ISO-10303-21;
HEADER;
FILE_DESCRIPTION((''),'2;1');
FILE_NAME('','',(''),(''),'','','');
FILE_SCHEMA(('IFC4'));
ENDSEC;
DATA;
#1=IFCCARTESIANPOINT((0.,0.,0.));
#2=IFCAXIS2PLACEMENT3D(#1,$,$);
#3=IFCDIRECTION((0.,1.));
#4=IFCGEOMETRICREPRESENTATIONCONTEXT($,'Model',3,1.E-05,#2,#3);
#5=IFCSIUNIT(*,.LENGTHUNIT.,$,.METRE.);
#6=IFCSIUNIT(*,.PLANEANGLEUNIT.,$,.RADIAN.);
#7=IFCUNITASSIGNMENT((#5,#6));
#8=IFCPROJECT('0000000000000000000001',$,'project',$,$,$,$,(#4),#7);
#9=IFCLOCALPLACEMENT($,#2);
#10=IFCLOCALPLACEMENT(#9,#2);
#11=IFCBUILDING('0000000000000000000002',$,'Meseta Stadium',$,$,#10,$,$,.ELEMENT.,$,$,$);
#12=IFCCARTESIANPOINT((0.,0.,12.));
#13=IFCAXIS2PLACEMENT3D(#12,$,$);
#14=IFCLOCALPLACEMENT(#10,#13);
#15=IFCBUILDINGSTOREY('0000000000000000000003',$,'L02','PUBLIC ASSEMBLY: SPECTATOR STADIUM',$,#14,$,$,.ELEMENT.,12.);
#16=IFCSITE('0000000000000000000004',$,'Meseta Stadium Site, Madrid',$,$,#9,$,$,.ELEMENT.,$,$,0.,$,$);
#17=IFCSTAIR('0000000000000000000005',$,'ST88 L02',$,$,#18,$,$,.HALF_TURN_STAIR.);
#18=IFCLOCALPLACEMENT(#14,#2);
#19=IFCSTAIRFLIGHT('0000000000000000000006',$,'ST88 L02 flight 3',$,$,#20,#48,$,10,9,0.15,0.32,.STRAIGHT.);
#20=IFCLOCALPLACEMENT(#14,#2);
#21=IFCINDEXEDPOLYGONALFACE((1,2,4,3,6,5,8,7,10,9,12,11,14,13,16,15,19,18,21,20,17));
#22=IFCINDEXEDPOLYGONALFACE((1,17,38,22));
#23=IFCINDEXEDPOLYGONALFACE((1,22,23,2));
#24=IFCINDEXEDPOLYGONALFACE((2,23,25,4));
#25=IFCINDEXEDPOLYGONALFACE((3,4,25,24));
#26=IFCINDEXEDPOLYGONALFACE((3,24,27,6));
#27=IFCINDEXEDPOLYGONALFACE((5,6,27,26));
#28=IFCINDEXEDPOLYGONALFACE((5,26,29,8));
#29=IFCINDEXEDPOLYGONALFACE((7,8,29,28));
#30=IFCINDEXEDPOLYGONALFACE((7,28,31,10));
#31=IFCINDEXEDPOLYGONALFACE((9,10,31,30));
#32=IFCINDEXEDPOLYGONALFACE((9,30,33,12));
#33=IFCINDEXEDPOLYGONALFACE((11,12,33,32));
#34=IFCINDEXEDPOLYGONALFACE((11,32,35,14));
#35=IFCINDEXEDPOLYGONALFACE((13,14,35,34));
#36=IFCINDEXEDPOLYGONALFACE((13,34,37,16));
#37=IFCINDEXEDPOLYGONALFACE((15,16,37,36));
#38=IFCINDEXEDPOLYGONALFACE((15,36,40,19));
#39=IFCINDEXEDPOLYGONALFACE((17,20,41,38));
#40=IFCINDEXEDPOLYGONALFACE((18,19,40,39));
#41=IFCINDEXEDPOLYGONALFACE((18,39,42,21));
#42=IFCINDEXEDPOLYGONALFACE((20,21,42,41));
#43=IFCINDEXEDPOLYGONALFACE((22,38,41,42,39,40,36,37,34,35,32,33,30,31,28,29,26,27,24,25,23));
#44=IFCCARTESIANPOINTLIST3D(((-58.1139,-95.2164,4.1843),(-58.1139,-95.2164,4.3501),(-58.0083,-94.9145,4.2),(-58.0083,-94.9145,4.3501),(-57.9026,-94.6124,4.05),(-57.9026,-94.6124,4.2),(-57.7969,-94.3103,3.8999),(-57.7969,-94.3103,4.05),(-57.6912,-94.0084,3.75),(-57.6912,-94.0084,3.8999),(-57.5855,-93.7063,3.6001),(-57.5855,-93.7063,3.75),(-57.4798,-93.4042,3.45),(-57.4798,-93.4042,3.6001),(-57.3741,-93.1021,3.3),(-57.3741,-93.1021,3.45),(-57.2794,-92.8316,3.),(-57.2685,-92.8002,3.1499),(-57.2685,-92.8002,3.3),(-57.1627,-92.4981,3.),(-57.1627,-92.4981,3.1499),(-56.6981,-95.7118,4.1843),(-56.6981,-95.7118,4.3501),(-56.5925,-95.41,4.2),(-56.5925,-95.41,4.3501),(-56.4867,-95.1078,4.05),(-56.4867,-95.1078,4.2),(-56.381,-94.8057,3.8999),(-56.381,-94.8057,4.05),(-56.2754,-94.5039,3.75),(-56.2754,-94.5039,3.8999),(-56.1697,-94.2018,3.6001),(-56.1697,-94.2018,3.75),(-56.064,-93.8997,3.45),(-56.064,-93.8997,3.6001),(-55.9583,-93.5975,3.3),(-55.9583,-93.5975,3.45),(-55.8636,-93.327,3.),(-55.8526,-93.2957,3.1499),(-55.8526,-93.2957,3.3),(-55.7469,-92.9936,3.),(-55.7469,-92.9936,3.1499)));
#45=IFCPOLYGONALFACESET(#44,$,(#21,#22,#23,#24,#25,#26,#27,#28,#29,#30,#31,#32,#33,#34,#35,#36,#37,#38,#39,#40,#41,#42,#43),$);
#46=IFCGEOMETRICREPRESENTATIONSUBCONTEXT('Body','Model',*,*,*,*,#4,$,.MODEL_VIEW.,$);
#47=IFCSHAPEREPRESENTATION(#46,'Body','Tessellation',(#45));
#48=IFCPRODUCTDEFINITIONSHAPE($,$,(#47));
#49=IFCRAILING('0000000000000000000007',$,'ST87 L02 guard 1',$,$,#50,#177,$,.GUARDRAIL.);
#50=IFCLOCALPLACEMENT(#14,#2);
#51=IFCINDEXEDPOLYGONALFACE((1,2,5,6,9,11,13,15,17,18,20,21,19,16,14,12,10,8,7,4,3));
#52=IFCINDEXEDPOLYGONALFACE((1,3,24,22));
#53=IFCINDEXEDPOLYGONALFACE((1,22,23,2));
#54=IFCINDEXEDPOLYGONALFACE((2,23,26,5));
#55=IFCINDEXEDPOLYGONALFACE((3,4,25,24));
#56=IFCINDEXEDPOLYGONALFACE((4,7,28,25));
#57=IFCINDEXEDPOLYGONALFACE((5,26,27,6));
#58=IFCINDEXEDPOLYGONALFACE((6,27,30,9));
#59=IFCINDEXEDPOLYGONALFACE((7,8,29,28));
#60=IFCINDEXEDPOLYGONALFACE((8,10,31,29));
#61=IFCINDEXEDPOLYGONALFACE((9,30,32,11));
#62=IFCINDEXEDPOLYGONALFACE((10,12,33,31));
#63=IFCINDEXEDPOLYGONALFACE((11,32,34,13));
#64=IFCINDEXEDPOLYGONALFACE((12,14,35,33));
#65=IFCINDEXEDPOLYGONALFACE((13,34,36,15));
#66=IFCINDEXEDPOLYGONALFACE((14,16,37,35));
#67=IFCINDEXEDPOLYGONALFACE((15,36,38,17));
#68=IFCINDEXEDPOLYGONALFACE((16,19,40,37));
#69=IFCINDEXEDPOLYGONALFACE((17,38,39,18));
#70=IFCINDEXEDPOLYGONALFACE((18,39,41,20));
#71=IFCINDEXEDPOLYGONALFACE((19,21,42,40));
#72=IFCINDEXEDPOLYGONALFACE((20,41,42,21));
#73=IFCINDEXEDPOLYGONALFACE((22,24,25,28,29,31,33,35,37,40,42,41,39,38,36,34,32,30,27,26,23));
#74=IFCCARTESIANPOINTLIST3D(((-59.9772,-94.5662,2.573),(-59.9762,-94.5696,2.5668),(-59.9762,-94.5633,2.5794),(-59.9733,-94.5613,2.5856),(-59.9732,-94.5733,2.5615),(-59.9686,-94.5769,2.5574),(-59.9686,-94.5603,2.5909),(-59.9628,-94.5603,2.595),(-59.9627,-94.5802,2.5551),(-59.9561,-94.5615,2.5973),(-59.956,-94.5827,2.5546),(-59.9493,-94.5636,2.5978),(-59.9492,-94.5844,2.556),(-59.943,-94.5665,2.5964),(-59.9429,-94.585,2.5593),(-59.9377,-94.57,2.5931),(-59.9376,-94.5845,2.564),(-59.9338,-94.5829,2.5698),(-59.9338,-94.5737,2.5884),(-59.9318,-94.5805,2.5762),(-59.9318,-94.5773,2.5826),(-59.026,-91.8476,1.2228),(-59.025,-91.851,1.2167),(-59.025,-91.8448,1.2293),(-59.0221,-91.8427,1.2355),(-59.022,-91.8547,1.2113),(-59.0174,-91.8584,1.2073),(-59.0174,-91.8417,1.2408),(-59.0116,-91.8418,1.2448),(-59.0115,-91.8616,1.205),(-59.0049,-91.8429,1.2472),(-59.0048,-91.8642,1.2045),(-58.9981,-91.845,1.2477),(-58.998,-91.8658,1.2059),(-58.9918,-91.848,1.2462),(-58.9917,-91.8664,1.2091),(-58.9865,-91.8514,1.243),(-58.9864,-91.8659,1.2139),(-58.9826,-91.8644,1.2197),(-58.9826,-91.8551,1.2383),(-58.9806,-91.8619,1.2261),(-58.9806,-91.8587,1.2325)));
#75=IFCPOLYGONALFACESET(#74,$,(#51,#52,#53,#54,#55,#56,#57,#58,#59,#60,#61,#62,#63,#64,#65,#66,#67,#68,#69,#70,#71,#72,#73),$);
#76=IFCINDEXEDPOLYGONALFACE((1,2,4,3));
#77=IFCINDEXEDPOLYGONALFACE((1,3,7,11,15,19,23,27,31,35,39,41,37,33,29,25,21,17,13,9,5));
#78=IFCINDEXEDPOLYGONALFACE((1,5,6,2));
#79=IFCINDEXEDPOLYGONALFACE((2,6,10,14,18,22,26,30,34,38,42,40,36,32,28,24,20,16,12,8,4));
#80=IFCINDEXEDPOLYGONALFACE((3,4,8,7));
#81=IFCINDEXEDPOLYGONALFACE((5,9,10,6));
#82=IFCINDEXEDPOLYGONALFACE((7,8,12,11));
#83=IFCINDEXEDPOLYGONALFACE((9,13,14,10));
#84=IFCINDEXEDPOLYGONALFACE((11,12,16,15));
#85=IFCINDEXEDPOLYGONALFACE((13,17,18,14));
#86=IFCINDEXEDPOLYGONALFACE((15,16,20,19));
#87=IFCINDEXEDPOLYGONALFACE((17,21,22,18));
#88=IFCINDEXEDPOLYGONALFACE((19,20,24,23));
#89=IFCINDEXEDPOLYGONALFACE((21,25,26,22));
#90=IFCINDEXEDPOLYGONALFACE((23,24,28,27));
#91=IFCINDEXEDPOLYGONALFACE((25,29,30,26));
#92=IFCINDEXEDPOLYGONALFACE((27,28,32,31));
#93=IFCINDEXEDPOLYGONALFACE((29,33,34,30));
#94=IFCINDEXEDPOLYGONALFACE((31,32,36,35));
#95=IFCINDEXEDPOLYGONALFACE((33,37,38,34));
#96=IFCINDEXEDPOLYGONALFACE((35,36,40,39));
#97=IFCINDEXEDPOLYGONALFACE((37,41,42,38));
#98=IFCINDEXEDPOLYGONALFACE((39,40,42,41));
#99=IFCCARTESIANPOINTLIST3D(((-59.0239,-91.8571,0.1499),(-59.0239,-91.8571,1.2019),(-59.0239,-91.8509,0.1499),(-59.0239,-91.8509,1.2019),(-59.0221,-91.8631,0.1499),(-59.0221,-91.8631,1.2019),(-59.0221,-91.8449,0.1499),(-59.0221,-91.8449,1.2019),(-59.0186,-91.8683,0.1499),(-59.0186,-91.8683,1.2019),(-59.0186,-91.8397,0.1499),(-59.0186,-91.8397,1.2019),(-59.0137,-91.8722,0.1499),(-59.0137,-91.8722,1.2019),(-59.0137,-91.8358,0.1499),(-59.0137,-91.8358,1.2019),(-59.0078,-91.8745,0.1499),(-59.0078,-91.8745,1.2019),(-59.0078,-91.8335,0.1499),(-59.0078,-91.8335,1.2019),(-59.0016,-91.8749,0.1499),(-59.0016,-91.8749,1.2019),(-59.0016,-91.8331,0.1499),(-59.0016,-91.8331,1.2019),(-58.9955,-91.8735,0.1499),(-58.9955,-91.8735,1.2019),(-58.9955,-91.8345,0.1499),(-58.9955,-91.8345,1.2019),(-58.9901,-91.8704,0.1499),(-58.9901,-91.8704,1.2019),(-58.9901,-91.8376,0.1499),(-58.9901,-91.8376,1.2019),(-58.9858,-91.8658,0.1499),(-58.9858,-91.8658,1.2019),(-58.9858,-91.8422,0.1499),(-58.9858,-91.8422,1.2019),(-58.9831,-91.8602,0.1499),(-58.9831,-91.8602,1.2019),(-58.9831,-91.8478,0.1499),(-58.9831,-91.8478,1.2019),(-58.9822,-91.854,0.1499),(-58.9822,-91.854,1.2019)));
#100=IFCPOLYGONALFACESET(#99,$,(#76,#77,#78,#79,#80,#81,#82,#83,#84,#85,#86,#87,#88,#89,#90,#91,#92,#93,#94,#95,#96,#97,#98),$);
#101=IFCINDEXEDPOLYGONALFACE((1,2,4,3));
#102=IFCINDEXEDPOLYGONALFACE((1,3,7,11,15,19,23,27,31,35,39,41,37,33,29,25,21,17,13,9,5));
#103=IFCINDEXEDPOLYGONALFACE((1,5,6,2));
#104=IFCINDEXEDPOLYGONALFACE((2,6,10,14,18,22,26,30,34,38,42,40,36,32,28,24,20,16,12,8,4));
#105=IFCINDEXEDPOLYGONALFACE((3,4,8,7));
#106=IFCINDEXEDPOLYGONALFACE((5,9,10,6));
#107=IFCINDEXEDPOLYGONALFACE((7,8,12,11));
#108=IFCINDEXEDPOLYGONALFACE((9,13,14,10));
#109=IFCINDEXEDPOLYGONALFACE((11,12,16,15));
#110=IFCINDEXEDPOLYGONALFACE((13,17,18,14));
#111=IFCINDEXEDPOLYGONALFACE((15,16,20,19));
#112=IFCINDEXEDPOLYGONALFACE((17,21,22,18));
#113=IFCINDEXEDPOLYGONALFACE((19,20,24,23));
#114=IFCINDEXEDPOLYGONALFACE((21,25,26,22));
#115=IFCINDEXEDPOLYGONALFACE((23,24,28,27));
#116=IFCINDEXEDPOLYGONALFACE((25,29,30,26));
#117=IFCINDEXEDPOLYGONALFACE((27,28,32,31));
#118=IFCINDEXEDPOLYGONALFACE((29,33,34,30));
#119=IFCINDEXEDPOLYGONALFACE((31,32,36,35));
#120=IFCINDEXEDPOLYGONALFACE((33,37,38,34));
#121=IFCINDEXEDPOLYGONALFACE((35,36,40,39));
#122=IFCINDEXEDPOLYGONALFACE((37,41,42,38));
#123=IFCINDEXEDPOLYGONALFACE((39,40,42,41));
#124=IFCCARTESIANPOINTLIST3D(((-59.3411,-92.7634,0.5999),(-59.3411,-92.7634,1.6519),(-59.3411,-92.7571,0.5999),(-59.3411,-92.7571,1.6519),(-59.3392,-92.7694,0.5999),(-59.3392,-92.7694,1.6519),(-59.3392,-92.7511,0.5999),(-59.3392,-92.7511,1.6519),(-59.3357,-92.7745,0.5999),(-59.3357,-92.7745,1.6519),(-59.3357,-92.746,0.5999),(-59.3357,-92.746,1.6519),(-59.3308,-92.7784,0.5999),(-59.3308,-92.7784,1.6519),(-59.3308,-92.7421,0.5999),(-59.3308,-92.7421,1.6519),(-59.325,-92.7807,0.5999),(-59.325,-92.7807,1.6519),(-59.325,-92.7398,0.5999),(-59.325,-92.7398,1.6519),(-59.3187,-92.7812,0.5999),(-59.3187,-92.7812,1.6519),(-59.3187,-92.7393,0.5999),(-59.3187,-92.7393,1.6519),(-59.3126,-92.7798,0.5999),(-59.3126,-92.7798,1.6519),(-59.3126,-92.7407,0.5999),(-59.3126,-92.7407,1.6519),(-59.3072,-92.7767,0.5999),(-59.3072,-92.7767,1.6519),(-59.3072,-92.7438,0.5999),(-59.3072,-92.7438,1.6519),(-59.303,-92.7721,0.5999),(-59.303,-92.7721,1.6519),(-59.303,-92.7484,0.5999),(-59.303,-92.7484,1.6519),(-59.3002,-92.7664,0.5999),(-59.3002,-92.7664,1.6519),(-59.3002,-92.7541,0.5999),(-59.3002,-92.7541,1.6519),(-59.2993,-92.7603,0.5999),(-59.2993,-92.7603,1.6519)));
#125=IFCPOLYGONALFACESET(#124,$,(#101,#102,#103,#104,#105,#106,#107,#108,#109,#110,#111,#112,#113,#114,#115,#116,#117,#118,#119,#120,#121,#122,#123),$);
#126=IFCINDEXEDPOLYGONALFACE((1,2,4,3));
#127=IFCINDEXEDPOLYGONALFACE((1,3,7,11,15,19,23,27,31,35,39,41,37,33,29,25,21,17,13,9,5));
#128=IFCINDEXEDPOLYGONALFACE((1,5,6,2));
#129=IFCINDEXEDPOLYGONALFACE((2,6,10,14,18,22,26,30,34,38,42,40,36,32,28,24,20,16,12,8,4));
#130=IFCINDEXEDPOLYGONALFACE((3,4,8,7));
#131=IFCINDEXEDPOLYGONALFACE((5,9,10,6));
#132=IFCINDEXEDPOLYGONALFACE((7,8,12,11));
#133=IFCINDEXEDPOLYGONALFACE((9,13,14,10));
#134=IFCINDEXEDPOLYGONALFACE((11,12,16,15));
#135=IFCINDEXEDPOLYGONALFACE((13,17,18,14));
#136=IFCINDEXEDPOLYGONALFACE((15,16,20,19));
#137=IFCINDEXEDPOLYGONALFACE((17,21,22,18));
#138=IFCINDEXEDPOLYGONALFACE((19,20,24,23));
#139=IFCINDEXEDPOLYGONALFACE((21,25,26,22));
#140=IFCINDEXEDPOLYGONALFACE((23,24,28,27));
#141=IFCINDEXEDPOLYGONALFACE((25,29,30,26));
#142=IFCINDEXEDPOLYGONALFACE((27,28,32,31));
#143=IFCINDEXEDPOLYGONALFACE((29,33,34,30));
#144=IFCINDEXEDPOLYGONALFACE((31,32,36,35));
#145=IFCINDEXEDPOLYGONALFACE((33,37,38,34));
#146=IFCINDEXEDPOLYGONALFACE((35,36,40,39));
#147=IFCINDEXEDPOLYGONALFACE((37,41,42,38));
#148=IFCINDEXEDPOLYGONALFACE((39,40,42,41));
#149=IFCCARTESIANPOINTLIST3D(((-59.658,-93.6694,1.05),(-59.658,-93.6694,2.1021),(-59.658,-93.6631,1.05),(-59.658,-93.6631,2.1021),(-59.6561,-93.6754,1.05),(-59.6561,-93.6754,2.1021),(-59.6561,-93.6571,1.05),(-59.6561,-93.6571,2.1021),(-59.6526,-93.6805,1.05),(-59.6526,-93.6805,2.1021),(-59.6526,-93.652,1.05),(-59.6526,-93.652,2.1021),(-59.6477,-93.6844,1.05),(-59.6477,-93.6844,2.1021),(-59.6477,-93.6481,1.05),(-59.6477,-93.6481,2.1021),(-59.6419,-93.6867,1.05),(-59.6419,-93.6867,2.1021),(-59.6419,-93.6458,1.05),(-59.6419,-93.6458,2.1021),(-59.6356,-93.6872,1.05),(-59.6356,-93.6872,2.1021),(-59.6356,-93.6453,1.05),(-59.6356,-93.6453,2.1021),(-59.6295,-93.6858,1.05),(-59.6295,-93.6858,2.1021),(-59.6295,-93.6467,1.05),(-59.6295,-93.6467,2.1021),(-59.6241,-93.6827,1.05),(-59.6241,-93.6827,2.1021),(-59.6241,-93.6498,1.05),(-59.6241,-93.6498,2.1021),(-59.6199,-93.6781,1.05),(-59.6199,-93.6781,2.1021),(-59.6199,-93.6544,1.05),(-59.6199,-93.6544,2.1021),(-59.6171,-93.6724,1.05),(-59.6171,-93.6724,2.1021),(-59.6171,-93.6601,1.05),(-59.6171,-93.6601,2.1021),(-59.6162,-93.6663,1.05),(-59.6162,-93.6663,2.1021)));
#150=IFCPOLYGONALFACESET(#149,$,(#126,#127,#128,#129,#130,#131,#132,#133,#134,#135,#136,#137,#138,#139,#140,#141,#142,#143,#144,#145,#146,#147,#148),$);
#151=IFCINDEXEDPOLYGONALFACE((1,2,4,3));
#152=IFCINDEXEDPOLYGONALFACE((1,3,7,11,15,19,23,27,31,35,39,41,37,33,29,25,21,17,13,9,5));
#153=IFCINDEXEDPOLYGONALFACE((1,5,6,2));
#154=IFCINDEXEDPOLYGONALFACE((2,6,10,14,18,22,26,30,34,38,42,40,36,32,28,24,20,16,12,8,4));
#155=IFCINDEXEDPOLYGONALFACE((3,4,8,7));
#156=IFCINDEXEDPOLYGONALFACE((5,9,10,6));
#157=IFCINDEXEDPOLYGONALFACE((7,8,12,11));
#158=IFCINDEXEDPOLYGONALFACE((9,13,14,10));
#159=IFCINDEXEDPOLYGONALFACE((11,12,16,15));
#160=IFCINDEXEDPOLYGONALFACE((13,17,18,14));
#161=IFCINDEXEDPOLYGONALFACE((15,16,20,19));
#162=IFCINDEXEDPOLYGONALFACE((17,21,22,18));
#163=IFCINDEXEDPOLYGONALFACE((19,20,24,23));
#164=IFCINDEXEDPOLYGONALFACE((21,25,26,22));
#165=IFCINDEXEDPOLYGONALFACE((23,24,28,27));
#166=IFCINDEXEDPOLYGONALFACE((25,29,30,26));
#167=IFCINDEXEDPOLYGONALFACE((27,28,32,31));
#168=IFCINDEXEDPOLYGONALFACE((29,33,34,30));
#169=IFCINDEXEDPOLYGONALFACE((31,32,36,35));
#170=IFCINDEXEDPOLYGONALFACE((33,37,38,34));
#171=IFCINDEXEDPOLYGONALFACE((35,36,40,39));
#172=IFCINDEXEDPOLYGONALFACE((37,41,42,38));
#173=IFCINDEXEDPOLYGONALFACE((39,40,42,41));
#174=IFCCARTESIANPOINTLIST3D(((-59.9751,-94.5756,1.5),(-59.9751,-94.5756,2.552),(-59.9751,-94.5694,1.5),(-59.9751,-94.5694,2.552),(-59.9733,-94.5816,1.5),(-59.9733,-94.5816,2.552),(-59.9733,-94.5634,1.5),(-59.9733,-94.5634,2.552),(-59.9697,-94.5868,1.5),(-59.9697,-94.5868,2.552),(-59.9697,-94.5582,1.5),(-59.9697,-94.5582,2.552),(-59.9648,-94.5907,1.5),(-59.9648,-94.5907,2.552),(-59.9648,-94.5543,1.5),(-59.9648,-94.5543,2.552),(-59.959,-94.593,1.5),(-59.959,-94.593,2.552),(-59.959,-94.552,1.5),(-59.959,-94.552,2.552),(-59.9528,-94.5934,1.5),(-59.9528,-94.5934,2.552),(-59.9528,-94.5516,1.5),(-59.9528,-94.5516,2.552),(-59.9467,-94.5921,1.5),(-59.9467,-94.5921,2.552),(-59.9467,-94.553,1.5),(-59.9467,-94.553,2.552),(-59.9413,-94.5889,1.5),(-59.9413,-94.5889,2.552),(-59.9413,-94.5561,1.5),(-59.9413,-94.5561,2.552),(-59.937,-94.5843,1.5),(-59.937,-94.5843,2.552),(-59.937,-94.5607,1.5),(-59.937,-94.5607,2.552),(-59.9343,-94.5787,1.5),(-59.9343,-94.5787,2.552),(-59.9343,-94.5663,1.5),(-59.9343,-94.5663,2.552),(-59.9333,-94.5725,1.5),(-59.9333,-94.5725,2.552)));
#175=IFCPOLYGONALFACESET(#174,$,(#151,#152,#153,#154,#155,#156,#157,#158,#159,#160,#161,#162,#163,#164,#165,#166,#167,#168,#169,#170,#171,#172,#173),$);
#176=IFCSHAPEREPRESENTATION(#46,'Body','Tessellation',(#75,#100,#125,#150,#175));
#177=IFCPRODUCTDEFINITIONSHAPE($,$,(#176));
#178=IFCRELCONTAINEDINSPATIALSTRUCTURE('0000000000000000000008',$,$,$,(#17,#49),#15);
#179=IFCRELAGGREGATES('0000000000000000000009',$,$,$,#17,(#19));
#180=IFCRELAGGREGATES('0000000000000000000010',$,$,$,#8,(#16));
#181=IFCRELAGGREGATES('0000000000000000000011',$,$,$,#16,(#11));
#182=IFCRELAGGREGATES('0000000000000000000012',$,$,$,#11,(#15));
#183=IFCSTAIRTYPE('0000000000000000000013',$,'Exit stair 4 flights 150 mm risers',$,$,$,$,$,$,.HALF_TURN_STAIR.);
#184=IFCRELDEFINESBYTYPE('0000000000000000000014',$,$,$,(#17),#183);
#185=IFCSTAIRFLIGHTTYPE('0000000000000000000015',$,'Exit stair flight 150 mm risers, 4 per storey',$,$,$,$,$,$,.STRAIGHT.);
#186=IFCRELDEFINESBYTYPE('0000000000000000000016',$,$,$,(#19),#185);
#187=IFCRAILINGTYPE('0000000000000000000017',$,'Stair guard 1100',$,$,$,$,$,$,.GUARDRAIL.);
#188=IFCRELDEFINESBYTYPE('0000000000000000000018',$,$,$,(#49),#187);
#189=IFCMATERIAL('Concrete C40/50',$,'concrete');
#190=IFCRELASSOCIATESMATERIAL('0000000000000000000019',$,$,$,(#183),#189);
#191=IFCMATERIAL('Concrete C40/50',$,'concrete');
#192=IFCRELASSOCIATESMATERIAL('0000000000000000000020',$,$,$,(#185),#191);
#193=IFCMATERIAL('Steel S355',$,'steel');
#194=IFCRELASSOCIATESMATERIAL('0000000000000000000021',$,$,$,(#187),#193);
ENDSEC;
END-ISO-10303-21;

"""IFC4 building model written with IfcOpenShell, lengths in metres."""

from ifc_helpers import new_model, si_unit, direction, frame, origin, origin_2d, place, context, subcontext, project, spatial, polyline, circle, outline, extrude, material, type_object, element, aggregate, save


model = new_model("IFC4")

# Units and contexts
model_context = context("Model", 3, precision=1e-05, world=origin(), true_north=direction((0.0, 1.0)))
body_context = subcontext(model_context, "Body", "Model", "MODEL_VIEW")
ifc_project = project(units=[si_unit("LENGTHUNIT", "METRE"), si_unit("PLANEANGLEUNIT", "RADIAN")], contexts=[model_context])

# Site, building, storey
site_placement = place(None, origin())
site = spatial("IfcSite", under=ifc_project, at=site_placement, Name="Meseta Stadium Site, Madrid", CompositionType="ELEMENT", RefElevation=0.0)
building_placement = place(site_placement, origin())
building = spatial("IfcBuilding", under=site, at=building_placement, Name="Meseta Stadium", CompositionType="ELEMENT")
storey_placement = place(building_placement, frame((0.0, 0.0, 12.0)))
storey = spatial("IfcBuildingStorey", under=building, at=storey_placement, Name="L02", Description="PUBLIC ASSEMBLY: SPECTATOR STADIUM", CompositionType="ELEMENT", Elevation=12.0)

# Shared definitions
ifc_material_1 = material(Name="Concrete C40/50", Category="concrete")
stair_type = type_object("IfcStairType", Name="Exit stair 4 flights 150 mm risers", PredefinedType="HALF_TURN_STAIR", material=ifc_material_1)
ifc_material_2 = material(Name="Concrete C40/50", Category="concrete")
stair_flight_type = type_object("IfcStairFlightType", Name="Exit stair flight 150 mm risers, 4 per storey", PredefinedType="STRAIGHT", material=ifc_material_2)

# Stair, stair flight
stair_1_placement = place(storey_placement, origin())
stair_1 = element("IfcStair", 1, at=stair_1_placement, inside=storey, type_object=stair_type, Name="ST88 L02", PredefinedType="HALF_TURN_STAIR")
stair_flight_1_placement = place(storey_placement, frame((-56.4548, -92.7458, 3.0), z_axis=(0.0, 0.0, 1.0), x_axis=(-0.330279, -0.943883, 0.0)))
stair_flight_1 = element("IfcStairFlight", 2, at=stair_flight_1_placement, type_object=stair_flight_type, Name="ST88 L02 flight 3", NumberOfRisers=10, NumberOfTreads=9, PredefinedType="STRAIGHT", RiserHeight=0.15, TreadLength=0.32, context=body_context, shape_type="SweptSolid", body=[
    extrude(outline(polyline([(0.0, 0.0), (0.0, 0.1499), (0.3201, 0.1499), (0.3201, 0.3), (0.6399, 0.3), (0.6399, 0.45), (0.96, 0.45), (0.96, 0.6001), (1.28, 0.6001), (1.28, 0.75), (1.6001, 0.75), (1.6001, 0.8999), (1.9199, 0.8999), (1.9199, 1.05), (2.24, 1.05), (2.24, 1.2), (2.5601, 1.2), (2.5601, 1.3501), (2.8799, 1.3501), (2.8799, 1.1843), (0.3533, 0.0), (0.0, 0.0)])), frame((0.0, 0.75, 0.0), z_axis=(0.0, -1.0, 0.0), x_axis=(1.0, 0.0, 0.0)), (0.0, 0.0, 1.0), 1.5),
])
aggregate(stair_1, [stair_flight_1])

# Railing
ifc_material_3 = material(Name="Steel S355", Category="steel")
railing_type_1 = type_object("IfcRailingType", Name="Stair guard 1100", PredefinedType="GUARDRAIL", material=ifc_material_3)
railing_1_placement = place(storey_placement, frame((-59.0032, -91.854, 0.1499)))
element("IfcRailing", 3, at=railing_1_placement, inside=storey, type_object=railing_type_1, Name="ST87 L02 guard 1", PredefinedType="GUARDRAIL", context=body_context, shape_type="SweptSolid", body=[
    extrude(circle(Radius=0.0239, at=origin_2d()), frame((0.0, 0.0, 1.0762), z_axis=(-0.299031, -0.854649, 0.424446), x_axis=(0.943891, -0.330256, 0.0)), (0.0, 0.0, 1.0), 3.1809),
    extrude(circle(Radius=0.021, at=origin_2d()), origin(), (0.0, 0.0, 1.0), 1.052),
    extrude(circle(Radius=0.021, at=origin_2d()), frame((-0.3171, -0.9062, 0.45)), (0.0, 0.0, 1.0), 1.052),
    extrude(circle(Radius=0.021, at=origin_2d()), frame((-0.634, -1.8123, 0.9001)), (0.0, 0.0, 1.0), 1.052),
    extrude(circle(Radius=0.021, at=origin_2d()), frame((-0.9512, -2.7185, 1.3501)), (0.0, 0.0, 1.0), 1.052),
])

save(model, "model.ifc")
